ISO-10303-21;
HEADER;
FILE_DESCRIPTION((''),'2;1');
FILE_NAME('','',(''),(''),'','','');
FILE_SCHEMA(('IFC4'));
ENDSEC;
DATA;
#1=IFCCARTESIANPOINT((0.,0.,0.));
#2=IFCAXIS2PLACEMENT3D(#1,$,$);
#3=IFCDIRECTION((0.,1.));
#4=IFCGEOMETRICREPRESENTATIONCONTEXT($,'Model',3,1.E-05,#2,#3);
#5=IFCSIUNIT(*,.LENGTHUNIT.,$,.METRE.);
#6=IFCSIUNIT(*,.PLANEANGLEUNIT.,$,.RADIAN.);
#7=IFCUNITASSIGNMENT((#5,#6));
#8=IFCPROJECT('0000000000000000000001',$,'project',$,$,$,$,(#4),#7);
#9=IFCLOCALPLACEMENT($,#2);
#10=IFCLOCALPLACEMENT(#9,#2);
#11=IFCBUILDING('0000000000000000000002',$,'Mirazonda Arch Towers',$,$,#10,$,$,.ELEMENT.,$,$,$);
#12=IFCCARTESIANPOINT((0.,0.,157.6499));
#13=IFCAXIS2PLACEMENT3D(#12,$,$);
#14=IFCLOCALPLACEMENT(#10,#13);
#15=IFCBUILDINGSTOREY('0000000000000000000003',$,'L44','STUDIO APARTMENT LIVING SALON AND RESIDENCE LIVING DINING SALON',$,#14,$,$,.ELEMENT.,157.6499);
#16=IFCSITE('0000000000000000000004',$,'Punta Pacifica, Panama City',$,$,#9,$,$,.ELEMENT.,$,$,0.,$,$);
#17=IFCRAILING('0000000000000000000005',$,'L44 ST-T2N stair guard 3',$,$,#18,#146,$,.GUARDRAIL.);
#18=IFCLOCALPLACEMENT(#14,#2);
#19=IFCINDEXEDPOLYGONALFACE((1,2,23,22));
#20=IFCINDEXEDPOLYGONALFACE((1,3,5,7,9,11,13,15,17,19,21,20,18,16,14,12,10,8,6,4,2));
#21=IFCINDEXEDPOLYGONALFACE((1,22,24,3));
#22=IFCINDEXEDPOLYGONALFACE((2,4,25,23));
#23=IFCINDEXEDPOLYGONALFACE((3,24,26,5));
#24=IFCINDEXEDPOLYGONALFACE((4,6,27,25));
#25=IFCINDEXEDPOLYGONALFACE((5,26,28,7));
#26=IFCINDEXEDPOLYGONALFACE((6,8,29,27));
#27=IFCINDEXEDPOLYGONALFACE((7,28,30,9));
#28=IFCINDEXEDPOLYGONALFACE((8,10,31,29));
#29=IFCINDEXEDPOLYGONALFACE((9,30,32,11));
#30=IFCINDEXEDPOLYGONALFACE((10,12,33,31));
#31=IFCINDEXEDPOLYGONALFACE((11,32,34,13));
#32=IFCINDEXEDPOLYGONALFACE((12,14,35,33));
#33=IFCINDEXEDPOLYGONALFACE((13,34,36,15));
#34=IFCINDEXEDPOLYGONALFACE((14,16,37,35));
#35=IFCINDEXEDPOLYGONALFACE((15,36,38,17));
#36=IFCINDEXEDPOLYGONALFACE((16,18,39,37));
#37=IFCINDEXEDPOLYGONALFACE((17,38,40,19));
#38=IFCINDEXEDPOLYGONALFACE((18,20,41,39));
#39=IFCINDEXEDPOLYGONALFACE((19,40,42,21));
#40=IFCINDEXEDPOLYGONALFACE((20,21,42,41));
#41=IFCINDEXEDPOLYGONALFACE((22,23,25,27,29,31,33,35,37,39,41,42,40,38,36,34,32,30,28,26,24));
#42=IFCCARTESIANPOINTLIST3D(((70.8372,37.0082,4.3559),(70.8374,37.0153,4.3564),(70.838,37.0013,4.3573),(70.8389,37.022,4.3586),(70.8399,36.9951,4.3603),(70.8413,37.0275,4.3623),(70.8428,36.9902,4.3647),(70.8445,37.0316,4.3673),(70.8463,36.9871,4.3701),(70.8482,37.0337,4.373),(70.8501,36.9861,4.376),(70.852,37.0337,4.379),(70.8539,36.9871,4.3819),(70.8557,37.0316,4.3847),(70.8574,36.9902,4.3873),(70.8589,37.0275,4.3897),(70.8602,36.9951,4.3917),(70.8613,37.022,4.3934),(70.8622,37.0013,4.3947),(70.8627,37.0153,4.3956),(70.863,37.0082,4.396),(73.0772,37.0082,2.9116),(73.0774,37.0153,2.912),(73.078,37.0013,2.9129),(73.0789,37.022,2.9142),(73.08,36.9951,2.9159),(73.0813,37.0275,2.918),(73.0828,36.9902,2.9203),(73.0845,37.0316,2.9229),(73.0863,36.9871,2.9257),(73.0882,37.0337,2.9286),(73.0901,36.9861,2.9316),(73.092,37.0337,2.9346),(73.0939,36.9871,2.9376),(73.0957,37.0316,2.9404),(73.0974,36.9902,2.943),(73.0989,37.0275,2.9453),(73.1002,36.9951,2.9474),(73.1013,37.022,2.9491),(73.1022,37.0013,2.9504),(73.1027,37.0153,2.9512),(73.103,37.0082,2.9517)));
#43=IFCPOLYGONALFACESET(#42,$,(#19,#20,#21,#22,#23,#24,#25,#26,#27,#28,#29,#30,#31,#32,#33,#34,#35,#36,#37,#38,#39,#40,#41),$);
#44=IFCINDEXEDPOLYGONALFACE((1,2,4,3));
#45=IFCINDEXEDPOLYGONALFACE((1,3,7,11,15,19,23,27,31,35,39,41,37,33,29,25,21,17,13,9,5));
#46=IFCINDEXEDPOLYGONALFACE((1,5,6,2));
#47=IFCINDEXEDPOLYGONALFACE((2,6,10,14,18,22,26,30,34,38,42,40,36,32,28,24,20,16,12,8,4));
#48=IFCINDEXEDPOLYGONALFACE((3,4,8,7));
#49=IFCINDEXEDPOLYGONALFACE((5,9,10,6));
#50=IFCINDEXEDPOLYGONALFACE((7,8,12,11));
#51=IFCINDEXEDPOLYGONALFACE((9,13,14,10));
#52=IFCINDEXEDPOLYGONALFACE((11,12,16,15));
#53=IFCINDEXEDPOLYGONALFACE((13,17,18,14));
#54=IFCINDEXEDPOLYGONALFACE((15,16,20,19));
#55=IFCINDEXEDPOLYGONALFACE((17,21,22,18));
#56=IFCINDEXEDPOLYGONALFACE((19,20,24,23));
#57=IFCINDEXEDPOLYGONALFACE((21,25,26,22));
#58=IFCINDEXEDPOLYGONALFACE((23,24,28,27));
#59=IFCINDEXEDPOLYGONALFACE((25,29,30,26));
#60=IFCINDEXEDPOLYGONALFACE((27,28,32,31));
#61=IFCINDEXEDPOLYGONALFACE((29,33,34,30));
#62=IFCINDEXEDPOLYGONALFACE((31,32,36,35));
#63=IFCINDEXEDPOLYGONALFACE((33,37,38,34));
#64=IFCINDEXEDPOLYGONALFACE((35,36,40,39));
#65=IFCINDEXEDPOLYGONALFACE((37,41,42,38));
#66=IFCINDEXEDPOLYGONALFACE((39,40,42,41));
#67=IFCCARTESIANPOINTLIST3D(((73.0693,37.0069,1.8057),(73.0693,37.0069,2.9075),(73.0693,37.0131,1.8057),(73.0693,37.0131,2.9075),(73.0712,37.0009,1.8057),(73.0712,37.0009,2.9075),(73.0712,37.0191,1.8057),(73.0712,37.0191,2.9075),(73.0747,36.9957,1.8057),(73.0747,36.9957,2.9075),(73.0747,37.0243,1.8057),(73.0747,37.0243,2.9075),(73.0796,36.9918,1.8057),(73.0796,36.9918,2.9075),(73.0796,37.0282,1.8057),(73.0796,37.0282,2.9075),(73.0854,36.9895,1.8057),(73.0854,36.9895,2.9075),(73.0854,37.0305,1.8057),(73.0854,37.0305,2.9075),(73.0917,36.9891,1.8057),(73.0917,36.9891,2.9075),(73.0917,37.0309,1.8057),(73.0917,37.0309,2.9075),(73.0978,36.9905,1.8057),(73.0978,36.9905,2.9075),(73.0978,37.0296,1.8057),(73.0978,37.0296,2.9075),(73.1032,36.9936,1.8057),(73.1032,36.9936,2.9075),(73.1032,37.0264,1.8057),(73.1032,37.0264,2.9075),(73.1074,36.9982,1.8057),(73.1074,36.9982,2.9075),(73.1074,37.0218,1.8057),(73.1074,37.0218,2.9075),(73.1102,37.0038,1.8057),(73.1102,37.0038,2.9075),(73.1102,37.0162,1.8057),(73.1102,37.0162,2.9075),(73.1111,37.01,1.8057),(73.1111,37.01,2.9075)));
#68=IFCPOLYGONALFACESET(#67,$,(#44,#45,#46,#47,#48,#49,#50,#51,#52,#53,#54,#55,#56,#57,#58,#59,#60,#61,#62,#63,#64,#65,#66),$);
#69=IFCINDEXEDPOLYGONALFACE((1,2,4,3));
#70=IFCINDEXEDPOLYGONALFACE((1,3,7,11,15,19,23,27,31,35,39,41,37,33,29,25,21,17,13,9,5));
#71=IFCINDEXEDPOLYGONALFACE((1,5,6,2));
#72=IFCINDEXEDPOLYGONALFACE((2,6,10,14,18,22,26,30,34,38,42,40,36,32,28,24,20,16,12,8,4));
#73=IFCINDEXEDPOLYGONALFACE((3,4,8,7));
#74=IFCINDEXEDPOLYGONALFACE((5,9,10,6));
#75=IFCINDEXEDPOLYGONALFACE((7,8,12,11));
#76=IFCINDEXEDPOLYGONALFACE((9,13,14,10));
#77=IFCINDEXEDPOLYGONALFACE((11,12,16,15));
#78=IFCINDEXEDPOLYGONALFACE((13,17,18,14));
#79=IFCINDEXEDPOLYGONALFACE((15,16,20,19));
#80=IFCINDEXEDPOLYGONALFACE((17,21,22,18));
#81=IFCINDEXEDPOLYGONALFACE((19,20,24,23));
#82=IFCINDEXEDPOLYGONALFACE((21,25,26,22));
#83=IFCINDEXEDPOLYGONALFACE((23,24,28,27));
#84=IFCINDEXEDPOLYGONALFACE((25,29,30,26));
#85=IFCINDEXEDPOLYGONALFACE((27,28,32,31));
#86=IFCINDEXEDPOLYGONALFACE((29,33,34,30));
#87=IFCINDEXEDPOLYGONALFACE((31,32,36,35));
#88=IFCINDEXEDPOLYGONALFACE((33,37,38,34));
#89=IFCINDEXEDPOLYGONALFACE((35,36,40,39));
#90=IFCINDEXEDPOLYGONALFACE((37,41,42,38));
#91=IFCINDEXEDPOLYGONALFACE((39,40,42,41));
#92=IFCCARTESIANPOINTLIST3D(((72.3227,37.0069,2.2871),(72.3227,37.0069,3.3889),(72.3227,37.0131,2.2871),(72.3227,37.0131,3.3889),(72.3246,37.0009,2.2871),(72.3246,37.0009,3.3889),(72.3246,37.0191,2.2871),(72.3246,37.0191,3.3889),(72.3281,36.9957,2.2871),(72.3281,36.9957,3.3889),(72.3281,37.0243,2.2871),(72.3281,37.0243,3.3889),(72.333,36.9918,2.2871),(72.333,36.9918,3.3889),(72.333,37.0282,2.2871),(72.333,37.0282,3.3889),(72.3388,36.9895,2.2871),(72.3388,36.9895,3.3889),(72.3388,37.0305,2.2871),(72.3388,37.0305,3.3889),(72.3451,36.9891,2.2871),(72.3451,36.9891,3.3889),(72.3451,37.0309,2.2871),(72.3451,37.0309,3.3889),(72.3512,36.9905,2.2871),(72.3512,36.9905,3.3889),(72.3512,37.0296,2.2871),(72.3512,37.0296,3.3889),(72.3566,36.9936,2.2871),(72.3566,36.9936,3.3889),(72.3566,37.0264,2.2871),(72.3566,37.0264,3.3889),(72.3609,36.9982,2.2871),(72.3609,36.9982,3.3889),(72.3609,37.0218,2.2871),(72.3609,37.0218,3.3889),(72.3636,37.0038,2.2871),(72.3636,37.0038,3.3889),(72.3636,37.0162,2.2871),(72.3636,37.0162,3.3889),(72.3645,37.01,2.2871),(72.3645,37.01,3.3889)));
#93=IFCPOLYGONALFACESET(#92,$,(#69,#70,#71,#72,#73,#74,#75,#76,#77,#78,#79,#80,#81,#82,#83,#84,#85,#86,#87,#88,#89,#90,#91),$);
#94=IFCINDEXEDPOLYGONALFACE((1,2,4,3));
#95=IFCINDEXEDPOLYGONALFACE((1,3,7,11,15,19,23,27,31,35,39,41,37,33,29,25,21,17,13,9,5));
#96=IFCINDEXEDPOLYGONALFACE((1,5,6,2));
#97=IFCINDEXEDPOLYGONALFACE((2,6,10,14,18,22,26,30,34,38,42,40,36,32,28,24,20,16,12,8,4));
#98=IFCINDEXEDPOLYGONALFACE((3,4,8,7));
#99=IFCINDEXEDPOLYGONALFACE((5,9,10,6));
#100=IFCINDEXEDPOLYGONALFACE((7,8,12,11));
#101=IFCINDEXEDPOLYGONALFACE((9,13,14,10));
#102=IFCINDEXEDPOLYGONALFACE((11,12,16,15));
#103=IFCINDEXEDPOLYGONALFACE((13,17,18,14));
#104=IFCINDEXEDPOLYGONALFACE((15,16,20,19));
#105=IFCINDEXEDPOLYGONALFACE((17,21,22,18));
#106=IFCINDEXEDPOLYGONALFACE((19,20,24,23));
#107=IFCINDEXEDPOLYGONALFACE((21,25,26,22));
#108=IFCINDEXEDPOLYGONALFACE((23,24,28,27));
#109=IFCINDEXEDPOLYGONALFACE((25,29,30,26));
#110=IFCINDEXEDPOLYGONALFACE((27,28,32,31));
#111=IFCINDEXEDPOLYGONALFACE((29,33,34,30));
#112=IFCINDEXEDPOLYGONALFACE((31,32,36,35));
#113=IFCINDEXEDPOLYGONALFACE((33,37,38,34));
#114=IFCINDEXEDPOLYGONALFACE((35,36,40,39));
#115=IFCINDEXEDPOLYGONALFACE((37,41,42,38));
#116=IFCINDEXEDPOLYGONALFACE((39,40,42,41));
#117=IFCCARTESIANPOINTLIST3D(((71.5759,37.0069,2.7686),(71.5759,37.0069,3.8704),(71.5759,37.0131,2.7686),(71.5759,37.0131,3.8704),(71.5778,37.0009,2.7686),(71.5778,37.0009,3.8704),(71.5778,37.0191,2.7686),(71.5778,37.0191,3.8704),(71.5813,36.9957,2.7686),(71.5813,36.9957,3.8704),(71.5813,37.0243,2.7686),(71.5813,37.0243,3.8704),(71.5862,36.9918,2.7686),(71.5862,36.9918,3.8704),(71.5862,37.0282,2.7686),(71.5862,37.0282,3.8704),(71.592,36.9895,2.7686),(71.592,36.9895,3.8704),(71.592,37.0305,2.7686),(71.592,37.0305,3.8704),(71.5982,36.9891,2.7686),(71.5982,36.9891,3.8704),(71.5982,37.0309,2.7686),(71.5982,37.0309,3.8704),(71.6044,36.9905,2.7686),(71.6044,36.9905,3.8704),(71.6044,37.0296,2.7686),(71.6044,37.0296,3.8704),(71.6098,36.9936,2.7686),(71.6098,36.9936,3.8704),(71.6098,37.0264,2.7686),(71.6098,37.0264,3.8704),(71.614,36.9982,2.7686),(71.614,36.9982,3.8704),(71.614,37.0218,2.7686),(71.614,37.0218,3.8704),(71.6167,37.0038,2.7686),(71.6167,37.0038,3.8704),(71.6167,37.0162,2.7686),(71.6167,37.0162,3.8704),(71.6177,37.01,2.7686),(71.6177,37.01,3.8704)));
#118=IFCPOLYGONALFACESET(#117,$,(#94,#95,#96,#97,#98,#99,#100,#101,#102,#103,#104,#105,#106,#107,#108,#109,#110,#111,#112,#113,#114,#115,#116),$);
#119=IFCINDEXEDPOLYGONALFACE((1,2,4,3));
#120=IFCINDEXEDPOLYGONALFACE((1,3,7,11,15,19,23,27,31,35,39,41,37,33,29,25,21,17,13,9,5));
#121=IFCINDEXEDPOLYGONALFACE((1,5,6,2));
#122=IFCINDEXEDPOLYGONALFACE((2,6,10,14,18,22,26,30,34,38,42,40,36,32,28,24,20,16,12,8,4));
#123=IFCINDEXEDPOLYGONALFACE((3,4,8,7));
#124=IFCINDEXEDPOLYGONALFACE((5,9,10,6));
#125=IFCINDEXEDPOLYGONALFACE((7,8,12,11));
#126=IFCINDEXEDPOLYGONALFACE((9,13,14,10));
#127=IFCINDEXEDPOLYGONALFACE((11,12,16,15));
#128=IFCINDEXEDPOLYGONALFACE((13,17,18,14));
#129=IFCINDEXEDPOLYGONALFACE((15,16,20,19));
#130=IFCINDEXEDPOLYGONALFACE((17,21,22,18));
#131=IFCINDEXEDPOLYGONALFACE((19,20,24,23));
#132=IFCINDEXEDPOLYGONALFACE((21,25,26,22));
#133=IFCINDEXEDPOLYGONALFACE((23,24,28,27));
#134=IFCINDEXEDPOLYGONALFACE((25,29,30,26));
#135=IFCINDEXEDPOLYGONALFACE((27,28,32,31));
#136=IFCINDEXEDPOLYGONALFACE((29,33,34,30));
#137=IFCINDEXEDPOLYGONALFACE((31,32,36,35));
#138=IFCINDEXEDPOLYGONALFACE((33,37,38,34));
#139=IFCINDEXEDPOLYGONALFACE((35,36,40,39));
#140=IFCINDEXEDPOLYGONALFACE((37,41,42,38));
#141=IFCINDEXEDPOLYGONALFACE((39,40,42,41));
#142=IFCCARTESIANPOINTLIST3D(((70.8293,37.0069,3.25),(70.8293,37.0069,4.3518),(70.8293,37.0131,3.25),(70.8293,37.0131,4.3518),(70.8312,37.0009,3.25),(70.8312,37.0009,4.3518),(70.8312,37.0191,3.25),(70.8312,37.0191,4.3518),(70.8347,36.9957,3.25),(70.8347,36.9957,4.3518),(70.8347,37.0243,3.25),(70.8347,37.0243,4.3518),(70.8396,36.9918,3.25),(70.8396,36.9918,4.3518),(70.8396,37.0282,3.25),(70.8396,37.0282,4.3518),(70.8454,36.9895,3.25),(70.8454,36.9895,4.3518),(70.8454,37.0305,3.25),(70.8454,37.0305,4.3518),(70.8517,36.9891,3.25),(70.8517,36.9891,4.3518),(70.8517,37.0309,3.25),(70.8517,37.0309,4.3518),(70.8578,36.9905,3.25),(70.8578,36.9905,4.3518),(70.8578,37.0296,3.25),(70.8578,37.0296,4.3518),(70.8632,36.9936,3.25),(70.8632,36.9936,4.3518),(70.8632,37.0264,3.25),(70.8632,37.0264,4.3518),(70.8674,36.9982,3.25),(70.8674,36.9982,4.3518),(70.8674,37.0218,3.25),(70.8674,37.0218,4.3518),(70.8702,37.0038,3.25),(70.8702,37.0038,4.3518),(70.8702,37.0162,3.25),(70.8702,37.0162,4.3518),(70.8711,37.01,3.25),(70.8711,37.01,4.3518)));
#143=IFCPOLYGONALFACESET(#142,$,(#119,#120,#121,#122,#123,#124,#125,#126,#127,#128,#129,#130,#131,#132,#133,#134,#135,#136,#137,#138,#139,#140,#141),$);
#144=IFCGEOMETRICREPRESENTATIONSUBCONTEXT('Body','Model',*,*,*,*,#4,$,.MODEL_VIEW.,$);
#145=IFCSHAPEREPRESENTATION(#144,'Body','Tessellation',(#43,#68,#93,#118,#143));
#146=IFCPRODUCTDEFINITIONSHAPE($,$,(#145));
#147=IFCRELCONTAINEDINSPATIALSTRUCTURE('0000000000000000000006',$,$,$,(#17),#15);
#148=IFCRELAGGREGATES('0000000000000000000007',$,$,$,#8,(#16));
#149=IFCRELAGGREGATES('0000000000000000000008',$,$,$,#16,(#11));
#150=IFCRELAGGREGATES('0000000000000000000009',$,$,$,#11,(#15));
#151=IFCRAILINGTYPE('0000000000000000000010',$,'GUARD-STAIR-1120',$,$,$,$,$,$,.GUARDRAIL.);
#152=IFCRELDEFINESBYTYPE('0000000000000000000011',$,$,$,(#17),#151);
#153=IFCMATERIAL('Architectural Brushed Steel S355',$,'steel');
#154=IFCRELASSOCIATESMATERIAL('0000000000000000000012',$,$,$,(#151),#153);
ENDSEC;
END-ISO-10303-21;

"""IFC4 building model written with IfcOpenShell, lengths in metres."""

from ifc_helpers import new_model, si_unit, direction, frame, origin, origin_2d, place, context, subcontext, project, spatial, circle, extrude, material, type_object, element, save


model = new_model("IFC4")

# Units and contexts
model_context = context("Model", 3, precision=1e-05, world=origin(), true_north=direction((0.0, 1.0)))
body_context = subcontext(model_context, "Body", "Model", "MODEL_VIEW")
ifc_project = project(units=[si_unit("LENGTHUNIT", "METRE"), si_unit("PLANEANGLEUNIT", "RADIAN")], contexts=[model_context])

# Site, building, storey
site_placement = place(None, origin())
site = spatial("IfcSite", under=ifc_project, at=site_placement, Name="Punta Pacifica, Panama City", CompositionType="ELEMENT", RefElevation=0.0)
building_placement = place(site_placement, origin())
building = spatial("IfcBuilding", under=site, at=building_placement, Name="Mirazonda Arch Towers", CompositionType="ELEMENT")
storey_placement = place(building_placement, frame((0.0, 0.0, 157.6499)))
storey = spatial("IfcBuildingStorey", under=building, at=storey_placement, Name="L44", Description="STUDIO APARTMENT LIVING SALON AND RESIDENCE LIVING DINING SALON", CompositionType="ELEMENT", Elevation=157.6499)

# Shared definitions
ifc_material_1 = material(Name="Architectural Brushed Steel S355", Category="steel")

# Railing
railing_type_1 = type_object("IfcRailingType", Name="GUARD-STAIR-1120", PredefinedType="GUARDRAIL", material=ifc_material_1)
railing_1_placement = place(storey_placement, frame((73.0901, 37.01, 1.8057)))
element("IfcRailing", 1, at=railing_1_placement, inside=storey, type_object=railing_type_1, Name="L44 ST-T2N stair guard 3", PredefinedType="GUARDRAIL", context=body_context, shape_type="SweptSolid", body=[
    extrude(circle(Radius=0.0239, at=origin_2d()), frame((0.0, 0.0, 1.126), z_axis=(-0.840437, 0.0, 0.54191), x_axis=(0.0, -1.0, 0.0)), (0.0, 0.0, 1.0), 2.6653),
    extrude(circle(Radius=0.021, at=origin_2d()), origin(), (0.0, 0.0, 1.0), 1.1018),
    extrude(circle(Radius=0.021, at=origin_2d()), frame((-0.7466, 0.0, 0.4814)), (0.0, 0.0, 1.0), 1.1018),
    extrude(circle(Radius=0.021, at=origin_2d()), frame((-1.4934, 0.0, 0.9629)), (0.0, 0.0, 1.0), 1.1018),
    extrude(circle(Radius=0.021, at=origin_2d()), frame((-2.24, 0.0, 1.4443)), (0.0, 0.0, 1.0), 1.1018),
])

save(model, "model.ifc")
